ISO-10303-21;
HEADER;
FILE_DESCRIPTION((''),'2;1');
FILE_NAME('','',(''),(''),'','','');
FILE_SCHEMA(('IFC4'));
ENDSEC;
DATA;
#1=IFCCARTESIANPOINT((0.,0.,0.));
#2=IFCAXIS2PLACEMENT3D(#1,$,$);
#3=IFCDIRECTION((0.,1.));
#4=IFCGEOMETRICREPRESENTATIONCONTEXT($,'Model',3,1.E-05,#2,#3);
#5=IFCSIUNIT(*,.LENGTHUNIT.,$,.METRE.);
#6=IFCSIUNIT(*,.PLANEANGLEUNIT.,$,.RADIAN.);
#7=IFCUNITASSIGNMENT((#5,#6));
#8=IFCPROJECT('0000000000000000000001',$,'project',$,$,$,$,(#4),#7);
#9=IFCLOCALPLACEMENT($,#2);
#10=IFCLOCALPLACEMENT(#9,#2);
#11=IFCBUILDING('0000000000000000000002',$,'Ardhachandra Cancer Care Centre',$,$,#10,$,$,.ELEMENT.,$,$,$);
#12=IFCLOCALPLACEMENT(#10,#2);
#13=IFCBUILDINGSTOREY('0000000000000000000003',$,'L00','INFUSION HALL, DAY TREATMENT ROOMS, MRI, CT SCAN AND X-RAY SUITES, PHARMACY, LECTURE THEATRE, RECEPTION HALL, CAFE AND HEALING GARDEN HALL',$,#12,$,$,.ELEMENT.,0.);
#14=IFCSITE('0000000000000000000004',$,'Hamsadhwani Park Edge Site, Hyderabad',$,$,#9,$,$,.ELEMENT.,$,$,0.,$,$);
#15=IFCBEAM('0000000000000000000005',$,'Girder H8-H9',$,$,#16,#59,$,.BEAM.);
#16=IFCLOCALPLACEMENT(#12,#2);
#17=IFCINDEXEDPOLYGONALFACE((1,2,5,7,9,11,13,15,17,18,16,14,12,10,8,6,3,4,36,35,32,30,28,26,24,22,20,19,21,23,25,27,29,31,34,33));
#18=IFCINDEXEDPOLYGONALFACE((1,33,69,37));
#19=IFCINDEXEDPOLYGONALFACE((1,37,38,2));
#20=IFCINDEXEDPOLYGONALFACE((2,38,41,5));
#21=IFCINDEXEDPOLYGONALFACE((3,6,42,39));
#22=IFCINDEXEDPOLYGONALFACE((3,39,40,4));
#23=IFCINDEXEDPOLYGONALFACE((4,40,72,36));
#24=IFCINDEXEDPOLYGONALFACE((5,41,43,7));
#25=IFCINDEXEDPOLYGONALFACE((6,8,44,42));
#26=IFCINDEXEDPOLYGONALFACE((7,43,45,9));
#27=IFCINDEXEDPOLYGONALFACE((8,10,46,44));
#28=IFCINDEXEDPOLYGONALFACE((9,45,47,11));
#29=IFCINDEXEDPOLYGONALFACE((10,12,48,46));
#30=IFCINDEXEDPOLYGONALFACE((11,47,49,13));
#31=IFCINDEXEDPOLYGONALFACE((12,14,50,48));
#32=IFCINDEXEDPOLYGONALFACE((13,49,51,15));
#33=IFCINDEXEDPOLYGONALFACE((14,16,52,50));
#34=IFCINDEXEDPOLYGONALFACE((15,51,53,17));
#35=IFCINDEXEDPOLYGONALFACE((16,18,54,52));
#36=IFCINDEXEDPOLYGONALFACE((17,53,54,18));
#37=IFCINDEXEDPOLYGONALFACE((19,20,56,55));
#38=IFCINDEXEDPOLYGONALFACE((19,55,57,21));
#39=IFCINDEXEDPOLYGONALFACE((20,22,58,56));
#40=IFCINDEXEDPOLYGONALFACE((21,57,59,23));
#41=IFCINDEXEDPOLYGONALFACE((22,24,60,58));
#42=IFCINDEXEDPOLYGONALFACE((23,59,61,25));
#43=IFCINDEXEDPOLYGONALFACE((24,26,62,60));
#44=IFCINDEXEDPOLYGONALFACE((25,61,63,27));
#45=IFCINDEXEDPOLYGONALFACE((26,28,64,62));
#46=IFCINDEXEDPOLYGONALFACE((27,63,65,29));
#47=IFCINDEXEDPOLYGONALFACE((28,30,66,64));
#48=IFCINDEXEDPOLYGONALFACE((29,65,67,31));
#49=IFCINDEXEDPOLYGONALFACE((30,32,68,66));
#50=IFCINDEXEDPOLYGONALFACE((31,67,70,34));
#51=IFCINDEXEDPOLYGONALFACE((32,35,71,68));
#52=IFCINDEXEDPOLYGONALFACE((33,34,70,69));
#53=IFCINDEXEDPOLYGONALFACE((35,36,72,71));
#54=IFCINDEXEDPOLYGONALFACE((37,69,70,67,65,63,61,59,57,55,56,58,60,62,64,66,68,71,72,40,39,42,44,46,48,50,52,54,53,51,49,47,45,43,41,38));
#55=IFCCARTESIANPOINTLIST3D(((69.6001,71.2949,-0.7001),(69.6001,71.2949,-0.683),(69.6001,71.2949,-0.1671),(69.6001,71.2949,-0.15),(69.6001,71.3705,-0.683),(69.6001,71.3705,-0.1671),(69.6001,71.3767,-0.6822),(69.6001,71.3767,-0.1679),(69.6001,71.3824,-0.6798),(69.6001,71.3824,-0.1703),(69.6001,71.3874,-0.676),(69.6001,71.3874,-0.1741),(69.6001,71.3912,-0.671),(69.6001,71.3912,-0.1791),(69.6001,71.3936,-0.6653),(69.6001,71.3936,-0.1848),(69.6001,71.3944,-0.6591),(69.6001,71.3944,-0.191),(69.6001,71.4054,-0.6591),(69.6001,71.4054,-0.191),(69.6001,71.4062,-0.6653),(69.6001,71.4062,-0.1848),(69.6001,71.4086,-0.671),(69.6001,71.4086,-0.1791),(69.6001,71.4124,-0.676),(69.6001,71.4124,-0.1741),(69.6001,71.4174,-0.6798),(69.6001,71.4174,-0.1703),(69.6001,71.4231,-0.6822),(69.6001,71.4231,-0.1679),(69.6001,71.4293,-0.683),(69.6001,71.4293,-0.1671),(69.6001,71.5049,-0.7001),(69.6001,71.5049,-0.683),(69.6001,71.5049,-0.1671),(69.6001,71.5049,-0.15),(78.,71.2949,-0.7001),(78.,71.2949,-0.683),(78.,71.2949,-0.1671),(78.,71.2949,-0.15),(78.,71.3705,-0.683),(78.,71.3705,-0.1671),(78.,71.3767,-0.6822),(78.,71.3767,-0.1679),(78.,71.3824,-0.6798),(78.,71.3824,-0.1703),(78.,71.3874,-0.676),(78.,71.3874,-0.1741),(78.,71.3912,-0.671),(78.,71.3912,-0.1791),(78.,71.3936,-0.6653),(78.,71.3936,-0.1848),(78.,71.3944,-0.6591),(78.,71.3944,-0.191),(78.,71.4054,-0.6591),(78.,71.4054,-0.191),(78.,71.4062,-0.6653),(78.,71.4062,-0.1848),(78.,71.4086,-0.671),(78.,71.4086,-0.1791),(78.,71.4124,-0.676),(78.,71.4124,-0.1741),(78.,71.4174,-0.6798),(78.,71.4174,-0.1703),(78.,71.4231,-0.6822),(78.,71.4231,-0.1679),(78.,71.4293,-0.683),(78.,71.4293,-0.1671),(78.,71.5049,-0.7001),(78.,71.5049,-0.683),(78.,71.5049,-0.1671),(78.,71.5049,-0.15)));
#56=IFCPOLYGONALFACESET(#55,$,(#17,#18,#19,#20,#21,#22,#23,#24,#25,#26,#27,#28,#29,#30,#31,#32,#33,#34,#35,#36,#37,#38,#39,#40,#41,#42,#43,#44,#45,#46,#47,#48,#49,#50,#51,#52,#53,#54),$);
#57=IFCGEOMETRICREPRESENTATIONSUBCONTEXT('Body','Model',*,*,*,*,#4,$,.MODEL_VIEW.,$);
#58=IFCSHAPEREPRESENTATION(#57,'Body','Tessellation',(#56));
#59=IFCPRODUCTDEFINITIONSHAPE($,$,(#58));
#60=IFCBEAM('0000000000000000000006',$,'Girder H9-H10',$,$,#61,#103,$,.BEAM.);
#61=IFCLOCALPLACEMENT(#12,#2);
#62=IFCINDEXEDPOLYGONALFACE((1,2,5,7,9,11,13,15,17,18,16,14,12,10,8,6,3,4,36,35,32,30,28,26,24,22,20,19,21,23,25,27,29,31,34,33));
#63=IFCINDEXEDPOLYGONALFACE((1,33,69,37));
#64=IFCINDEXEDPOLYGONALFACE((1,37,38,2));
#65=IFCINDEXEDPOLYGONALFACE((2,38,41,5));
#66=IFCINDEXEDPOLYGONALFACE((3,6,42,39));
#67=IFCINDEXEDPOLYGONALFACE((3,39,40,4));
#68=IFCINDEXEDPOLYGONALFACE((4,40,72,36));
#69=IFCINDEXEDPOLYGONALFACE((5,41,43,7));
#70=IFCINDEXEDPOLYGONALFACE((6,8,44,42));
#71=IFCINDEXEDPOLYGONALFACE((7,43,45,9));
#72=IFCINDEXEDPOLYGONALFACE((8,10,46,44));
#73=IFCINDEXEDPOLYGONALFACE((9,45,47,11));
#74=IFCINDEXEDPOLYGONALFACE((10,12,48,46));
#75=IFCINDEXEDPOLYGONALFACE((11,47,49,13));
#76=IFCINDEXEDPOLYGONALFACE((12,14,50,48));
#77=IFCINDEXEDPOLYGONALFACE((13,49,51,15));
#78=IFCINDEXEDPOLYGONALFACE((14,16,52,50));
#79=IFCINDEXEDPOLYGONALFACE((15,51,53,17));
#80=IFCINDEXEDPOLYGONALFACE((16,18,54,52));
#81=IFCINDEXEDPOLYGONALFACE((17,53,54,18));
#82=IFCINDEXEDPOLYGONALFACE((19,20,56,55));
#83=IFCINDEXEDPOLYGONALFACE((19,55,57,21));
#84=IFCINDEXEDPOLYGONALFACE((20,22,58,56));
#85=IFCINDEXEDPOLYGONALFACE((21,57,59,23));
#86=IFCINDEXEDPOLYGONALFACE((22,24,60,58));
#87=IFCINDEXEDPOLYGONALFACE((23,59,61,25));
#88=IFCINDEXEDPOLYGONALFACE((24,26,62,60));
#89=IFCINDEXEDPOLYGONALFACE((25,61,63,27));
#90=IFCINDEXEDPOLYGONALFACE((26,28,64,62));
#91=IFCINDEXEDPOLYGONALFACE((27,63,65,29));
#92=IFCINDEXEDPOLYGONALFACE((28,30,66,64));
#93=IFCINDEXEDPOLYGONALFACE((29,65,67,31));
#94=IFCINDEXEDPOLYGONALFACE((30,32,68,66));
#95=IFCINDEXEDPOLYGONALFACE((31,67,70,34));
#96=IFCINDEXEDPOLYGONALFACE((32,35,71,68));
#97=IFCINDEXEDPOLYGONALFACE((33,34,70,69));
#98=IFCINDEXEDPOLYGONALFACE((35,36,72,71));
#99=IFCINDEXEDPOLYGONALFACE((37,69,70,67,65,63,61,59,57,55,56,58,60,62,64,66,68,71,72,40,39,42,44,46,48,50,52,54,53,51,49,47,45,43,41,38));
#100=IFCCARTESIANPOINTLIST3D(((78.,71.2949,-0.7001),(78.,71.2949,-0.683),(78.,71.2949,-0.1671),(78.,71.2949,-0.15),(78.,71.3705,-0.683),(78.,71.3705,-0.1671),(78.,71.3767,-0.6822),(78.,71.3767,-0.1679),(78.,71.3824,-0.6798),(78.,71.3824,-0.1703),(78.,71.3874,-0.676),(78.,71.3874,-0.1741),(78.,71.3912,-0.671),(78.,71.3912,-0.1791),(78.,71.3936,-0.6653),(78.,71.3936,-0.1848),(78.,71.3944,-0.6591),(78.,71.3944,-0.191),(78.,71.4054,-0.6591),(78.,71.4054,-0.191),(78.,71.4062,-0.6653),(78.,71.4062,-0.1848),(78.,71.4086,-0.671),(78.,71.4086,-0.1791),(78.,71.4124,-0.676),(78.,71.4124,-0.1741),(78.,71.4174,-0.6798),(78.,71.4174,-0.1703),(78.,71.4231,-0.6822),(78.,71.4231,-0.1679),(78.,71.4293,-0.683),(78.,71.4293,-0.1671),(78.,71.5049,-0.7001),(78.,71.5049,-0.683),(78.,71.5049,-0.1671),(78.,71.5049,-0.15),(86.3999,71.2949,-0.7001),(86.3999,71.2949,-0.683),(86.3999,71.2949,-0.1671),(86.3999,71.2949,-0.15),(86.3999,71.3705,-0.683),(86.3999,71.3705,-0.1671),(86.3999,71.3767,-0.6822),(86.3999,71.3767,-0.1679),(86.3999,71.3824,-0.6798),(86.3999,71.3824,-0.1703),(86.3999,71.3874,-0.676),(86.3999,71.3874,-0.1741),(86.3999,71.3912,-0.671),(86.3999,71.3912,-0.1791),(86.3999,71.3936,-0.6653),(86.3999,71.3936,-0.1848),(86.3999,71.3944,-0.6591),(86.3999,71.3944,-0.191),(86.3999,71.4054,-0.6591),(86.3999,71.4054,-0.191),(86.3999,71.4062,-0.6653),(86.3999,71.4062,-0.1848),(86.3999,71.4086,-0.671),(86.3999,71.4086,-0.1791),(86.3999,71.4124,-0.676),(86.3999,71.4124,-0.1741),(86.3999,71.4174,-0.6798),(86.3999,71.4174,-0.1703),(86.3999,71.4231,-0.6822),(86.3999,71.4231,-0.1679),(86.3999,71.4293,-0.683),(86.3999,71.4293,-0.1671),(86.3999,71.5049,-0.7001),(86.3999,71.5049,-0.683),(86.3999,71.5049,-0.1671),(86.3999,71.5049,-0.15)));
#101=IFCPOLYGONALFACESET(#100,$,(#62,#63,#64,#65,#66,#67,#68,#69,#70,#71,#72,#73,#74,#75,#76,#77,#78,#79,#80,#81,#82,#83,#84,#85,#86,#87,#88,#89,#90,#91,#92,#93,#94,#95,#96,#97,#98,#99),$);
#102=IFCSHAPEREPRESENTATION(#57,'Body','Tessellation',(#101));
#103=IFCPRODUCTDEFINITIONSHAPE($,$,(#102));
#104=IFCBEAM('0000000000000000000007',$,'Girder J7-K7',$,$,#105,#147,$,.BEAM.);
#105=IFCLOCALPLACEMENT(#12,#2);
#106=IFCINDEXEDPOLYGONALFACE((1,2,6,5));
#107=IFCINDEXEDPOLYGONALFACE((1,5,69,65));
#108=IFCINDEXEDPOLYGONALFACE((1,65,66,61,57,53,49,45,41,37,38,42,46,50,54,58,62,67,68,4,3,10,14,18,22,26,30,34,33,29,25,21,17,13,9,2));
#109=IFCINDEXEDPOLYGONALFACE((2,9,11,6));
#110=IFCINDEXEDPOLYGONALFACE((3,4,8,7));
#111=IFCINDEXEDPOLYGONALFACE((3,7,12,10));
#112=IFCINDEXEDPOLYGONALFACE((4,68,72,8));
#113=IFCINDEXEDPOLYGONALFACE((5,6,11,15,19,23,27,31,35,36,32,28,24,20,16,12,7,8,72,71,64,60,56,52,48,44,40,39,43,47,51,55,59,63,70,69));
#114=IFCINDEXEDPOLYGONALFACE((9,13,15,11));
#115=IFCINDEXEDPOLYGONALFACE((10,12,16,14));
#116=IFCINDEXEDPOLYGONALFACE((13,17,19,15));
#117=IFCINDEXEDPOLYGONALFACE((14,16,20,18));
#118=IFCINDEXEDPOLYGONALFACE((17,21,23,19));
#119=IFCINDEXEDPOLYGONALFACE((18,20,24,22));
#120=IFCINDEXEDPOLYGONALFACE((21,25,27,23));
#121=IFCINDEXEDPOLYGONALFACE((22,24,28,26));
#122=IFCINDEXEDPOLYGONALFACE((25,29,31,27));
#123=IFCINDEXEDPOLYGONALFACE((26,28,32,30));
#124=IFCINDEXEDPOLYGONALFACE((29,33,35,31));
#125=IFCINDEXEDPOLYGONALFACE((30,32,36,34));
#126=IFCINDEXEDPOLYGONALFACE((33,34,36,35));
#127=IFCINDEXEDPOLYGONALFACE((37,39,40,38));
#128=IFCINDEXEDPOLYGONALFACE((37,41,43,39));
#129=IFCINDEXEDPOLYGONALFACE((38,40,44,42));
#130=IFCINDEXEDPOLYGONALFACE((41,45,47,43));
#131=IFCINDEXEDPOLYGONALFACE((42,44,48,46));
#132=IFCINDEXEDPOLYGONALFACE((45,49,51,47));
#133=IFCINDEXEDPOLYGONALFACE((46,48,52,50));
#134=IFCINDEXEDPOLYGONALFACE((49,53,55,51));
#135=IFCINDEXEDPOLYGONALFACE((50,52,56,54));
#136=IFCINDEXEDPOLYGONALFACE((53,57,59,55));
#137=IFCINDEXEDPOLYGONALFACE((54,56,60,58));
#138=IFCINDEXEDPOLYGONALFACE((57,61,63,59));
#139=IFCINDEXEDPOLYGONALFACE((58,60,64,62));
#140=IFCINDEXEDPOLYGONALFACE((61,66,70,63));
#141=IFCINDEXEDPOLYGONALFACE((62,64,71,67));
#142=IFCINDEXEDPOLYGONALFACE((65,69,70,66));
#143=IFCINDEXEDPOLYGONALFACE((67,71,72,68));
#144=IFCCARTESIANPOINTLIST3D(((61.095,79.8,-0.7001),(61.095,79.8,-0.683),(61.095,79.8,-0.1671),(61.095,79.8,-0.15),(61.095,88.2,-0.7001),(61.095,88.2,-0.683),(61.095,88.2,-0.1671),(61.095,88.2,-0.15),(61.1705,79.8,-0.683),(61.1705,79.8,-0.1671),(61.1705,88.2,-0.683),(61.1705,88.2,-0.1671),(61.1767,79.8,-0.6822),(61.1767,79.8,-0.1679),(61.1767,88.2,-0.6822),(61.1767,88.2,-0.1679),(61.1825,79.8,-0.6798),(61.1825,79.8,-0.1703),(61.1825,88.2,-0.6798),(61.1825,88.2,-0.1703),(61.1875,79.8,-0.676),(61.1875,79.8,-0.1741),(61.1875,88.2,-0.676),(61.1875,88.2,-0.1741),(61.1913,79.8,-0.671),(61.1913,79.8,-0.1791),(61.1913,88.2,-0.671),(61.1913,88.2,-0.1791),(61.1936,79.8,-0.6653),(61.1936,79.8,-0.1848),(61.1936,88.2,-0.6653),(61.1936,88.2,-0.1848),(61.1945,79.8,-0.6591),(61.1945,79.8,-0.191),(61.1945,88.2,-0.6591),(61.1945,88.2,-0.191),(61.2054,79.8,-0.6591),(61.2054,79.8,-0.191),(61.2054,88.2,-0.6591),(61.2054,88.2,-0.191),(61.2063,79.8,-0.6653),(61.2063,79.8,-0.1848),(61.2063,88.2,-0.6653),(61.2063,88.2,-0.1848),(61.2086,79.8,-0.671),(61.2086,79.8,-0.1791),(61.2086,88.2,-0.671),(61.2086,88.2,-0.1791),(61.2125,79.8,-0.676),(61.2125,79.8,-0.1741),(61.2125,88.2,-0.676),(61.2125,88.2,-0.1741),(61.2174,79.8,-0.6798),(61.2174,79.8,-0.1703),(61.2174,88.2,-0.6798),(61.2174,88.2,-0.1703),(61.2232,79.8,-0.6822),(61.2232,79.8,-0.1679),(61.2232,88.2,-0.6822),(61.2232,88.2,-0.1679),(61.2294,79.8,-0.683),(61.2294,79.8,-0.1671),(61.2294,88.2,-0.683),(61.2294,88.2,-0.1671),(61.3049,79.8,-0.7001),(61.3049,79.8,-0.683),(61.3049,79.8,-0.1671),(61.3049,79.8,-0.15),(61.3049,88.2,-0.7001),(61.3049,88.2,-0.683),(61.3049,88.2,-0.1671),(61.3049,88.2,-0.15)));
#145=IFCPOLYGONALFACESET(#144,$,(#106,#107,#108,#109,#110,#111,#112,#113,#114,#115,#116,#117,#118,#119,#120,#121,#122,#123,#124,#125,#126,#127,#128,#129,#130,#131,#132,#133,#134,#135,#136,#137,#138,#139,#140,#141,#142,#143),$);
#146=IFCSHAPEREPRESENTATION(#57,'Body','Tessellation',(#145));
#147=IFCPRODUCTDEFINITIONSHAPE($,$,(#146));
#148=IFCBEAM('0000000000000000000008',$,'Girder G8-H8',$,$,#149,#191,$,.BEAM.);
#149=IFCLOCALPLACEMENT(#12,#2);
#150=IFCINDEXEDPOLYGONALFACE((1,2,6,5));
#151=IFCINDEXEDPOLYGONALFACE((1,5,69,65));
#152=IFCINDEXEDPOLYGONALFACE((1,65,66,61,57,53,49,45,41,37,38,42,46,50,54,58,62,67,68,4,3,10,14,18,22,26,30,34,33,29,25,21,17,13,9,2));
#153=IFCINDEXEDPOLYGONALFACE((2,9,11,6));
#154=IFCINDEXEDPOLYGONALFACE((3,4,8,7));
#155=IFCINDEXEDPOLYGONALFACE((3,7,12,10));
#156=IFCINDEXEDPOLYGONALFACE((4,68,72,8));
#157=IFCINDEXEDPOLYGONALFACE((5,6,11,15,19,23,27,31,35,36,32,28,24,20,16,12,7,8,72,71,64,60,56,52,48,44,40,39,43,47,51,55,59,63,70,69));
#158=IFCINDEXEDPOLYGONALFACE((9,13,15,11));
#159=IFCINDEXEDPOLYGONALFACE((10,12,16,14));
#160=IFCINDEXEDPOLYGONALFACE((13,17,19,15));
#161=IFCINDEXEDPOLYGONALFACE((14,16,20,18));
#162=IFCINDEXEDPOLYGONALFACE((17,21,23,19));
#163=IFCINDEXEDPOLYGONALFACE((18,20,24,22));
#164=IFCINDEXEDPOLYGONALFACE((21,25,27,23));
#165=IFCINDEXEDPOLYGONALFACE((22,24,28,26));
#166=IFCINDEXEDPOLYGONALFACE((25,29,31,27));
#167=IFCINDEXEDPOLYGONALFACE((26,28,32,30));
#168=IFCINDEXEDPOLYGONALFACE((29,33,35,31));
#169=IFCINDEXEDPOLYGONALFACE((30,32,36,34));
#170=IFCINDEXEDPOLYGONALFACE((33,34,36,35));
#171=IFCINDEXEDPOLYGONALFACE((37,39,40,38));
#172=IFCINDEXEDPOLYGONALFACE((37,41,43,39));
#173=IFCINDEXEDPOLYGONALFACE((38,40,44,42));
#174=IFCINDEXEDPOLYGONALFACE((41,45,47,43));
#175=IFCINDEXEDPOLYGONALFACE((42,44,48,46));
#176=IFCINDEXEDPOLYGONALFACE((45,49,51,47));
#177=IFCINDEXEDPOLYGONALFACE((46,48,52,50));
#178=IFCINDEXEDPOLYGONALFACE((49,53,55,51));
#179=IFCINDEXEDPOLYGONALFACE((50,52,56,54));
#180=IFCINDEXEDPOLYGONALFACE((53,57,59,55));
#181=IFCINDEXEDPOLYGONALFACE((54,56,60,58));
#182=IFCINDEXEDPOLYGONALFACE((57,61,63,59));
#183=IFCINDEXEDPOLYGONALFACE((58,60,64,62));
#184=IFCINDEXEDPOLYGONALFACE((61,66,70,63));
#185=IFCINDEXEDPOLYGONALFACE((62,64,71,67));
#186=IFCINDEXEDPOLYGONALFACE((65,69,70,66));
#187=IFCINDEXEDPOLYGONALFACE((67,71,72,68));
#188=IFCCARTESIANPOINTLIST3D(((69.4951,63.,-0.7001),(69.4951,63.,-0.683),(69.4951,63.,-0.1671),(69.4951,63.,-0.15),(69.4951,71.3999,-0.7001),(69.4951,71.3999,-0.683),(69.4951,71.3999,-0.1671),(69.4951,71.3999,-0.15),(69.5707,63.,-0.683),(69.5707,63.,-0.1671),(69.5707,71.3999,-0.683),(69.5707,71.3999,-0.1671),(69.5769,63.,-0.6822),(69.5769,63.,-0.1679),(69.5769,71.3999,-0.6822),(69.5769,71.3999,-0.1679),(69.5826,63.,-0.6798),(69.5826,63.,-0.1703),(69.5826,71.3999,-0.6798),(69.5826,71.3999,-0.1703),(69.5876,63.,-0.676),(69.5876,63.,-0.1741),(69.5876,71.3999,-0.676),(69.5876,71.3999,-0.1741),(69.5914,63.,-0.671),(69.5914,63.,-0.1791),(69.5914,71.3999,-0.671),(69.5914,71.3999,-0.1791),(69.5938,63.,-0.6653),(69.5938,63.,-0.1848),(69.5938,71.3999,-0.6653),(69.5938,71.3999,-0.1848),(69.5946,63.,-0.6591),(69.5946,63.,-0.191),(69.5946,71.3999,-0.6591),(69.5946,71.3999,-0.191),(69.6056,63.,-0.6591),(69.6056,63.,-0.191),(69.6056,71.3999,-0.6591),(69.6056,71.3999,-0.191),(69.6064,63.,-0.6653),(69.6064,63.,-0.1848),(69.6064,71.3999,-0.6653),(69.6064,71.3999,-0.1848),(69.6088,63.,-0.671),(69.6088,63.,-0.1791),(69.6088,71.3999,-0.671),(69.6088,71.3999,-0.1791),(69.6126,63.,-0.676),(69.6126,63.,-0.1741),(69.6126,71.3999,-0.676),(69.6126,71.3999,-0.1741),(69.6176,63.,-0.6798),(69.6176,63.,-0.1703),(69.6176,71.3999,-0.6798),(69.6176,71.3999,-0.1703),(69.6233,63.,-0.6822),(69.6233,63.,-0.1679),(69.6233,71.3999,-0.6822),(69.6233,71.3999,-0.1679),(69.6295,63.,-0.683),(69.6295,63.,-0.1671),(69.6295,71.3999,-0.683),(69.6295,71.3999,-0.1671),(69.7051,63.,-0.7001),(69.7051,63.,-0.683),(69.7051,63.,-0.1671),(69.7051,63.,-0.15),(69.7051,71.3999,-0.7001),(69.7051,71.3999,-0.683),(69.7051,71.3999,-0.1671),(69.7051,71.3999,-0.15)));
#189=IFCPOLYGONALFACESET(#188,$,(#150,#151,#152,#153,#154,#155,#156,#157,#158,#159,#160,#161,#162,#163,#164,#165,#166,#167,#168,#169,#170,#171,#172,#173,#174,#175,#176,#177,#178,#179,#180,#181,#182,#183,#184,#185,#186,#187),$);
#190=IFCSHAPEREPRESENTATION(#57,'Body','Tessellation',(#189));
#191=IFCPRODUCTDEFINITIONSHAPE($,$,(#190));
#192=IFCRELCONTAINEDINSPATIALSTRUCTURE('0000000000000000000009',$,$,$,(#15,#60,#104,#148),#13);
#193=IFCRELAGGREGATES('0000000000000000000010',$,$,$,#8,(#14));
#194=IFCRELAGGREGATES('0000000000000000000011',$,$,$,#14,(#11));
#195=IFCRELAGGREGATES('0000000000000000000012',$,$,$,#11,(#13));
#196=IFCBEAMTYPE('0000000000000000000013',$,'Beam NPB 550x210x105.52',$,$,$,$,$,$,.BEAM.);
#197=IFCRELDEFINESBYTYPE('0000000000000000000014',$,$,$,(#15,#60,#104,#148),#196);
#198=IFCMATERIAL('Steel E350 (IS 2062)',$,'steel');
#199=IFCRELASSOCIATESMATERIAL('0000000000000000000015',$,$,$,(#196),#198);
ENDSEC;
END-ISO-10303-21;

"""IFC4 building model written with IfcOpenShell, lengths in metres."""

from ifc_helpers import new_model, si_unit, direction, frame, origin, origin_2d, place, context, subcontext, project, spatial, i_section, extrude, material, material_profile, profile_set, type_object, element, save


model = new_model("IFC4")

# Units and contexts
model_context = context("Model", 3, precision=1e-05, world=origin(), true_north=direction((0.0, 1.0)))
body_context = subcontext(model_context, "Body", "Model", "MODEL_VIEW")
ifc_project = project(units=[si_unit("LENGTHUNIT", "METRE"), si_unit("PLANEANGLEUNIT", "RADIAN")], contexts=[model_context])

# Site, building, storey
site_placement = place(None, origin())
site = spatial("IfcSite", under=ifc_project, at=site_placement, Name="Hamsadhwani Park Edge Site, Hyderabad", CompositionType="ELEMENT", RefElevation=0.0)
building_placement = place(site_placement, origin())
building = spatial("IfcBuilding", under=site, at=building_placement, Name="Ardhachandra Cancer Care Centre", CompositionType="ELEMENT")
storey_placement = place(building_placement, origin())
storey = spatial("IfcBuildingStorey", under=building, at=storey_placement, Name="L00", Description="INFUSION HALL, DAY TREATMENT ROOMS, MRI, CT SCAN AND X-RAY SUITES, PHARMACY, LECTURE THEATRE, RECEPTION HALL, CAFE AND HEALING GARDEN HALL", CompositionType="ELEMENT", Elevation=0.0)

# Beams
ifc_material_1 = material(Name="Steel E350 (IS 2062)", Category="steel")
ifc_material_profile_1 = material_profile(ifc_material_1, i_section(OverallWidth=0.21, OverallDepth=0.55, WebThickness=0.011, FlangeThickness=0.0171, FilletRadius=0.0239, at=origin_2d()), Name="NPB 550x210x105.52")
ifc_profile_set_1 = profile_set([ifc_material_profile_1], Name="Steel E350 (IS 2062)")
beam_type_1 = type_object("IfcBeamType", Name="Beam NPB 550x210x105.52", PredefinedType="BEAM", material=ifc_profile_set_1)
for number, where, z_axis, x_axis, name in (
    (1, (69.6001, 71.3999, -0.425), (1.0, 0.0, 0.0), (0.0, 1.0, 0.0), "Girder H8-H9"),
    (2, (78.0, 71.3999, -0.425), (1.0, 0.0, 0.0), (0.0, 1.0, 0.0), "Girder H9-H10"),
    (3, (61.2, 79.8, -0.425), (0.0, 1.0, 0.0), (-1.0, 0.0, 0.0), "Girder J7-K7"),
    (4, (69.6001, 63.0, -0.425), (0.0, 1.0, 0.0), (-1.0, 0.0, 0.0), "Girder G8-H8"),
):
    element("IfcBeam", number, at=place(storey_placement, frame(where, z_axis=z_axis, x_axis=x_axis)), inside=storey, type_object=beam_type_1, Name=name, PredefinedType="BEAM", context=body_context, shape_type="SweptSolid", body=[
        extrude(i_section(OverallWidth=0.21, OverallDepth=0.55, WebThickness=0.011, FlangeThickness=0.0171, FilletRadius=0.0239, at=origin_2d()), origin(), (0.0, 0.0, 1.0), 8.3999),
    ])

save(model, "model.ifc")
